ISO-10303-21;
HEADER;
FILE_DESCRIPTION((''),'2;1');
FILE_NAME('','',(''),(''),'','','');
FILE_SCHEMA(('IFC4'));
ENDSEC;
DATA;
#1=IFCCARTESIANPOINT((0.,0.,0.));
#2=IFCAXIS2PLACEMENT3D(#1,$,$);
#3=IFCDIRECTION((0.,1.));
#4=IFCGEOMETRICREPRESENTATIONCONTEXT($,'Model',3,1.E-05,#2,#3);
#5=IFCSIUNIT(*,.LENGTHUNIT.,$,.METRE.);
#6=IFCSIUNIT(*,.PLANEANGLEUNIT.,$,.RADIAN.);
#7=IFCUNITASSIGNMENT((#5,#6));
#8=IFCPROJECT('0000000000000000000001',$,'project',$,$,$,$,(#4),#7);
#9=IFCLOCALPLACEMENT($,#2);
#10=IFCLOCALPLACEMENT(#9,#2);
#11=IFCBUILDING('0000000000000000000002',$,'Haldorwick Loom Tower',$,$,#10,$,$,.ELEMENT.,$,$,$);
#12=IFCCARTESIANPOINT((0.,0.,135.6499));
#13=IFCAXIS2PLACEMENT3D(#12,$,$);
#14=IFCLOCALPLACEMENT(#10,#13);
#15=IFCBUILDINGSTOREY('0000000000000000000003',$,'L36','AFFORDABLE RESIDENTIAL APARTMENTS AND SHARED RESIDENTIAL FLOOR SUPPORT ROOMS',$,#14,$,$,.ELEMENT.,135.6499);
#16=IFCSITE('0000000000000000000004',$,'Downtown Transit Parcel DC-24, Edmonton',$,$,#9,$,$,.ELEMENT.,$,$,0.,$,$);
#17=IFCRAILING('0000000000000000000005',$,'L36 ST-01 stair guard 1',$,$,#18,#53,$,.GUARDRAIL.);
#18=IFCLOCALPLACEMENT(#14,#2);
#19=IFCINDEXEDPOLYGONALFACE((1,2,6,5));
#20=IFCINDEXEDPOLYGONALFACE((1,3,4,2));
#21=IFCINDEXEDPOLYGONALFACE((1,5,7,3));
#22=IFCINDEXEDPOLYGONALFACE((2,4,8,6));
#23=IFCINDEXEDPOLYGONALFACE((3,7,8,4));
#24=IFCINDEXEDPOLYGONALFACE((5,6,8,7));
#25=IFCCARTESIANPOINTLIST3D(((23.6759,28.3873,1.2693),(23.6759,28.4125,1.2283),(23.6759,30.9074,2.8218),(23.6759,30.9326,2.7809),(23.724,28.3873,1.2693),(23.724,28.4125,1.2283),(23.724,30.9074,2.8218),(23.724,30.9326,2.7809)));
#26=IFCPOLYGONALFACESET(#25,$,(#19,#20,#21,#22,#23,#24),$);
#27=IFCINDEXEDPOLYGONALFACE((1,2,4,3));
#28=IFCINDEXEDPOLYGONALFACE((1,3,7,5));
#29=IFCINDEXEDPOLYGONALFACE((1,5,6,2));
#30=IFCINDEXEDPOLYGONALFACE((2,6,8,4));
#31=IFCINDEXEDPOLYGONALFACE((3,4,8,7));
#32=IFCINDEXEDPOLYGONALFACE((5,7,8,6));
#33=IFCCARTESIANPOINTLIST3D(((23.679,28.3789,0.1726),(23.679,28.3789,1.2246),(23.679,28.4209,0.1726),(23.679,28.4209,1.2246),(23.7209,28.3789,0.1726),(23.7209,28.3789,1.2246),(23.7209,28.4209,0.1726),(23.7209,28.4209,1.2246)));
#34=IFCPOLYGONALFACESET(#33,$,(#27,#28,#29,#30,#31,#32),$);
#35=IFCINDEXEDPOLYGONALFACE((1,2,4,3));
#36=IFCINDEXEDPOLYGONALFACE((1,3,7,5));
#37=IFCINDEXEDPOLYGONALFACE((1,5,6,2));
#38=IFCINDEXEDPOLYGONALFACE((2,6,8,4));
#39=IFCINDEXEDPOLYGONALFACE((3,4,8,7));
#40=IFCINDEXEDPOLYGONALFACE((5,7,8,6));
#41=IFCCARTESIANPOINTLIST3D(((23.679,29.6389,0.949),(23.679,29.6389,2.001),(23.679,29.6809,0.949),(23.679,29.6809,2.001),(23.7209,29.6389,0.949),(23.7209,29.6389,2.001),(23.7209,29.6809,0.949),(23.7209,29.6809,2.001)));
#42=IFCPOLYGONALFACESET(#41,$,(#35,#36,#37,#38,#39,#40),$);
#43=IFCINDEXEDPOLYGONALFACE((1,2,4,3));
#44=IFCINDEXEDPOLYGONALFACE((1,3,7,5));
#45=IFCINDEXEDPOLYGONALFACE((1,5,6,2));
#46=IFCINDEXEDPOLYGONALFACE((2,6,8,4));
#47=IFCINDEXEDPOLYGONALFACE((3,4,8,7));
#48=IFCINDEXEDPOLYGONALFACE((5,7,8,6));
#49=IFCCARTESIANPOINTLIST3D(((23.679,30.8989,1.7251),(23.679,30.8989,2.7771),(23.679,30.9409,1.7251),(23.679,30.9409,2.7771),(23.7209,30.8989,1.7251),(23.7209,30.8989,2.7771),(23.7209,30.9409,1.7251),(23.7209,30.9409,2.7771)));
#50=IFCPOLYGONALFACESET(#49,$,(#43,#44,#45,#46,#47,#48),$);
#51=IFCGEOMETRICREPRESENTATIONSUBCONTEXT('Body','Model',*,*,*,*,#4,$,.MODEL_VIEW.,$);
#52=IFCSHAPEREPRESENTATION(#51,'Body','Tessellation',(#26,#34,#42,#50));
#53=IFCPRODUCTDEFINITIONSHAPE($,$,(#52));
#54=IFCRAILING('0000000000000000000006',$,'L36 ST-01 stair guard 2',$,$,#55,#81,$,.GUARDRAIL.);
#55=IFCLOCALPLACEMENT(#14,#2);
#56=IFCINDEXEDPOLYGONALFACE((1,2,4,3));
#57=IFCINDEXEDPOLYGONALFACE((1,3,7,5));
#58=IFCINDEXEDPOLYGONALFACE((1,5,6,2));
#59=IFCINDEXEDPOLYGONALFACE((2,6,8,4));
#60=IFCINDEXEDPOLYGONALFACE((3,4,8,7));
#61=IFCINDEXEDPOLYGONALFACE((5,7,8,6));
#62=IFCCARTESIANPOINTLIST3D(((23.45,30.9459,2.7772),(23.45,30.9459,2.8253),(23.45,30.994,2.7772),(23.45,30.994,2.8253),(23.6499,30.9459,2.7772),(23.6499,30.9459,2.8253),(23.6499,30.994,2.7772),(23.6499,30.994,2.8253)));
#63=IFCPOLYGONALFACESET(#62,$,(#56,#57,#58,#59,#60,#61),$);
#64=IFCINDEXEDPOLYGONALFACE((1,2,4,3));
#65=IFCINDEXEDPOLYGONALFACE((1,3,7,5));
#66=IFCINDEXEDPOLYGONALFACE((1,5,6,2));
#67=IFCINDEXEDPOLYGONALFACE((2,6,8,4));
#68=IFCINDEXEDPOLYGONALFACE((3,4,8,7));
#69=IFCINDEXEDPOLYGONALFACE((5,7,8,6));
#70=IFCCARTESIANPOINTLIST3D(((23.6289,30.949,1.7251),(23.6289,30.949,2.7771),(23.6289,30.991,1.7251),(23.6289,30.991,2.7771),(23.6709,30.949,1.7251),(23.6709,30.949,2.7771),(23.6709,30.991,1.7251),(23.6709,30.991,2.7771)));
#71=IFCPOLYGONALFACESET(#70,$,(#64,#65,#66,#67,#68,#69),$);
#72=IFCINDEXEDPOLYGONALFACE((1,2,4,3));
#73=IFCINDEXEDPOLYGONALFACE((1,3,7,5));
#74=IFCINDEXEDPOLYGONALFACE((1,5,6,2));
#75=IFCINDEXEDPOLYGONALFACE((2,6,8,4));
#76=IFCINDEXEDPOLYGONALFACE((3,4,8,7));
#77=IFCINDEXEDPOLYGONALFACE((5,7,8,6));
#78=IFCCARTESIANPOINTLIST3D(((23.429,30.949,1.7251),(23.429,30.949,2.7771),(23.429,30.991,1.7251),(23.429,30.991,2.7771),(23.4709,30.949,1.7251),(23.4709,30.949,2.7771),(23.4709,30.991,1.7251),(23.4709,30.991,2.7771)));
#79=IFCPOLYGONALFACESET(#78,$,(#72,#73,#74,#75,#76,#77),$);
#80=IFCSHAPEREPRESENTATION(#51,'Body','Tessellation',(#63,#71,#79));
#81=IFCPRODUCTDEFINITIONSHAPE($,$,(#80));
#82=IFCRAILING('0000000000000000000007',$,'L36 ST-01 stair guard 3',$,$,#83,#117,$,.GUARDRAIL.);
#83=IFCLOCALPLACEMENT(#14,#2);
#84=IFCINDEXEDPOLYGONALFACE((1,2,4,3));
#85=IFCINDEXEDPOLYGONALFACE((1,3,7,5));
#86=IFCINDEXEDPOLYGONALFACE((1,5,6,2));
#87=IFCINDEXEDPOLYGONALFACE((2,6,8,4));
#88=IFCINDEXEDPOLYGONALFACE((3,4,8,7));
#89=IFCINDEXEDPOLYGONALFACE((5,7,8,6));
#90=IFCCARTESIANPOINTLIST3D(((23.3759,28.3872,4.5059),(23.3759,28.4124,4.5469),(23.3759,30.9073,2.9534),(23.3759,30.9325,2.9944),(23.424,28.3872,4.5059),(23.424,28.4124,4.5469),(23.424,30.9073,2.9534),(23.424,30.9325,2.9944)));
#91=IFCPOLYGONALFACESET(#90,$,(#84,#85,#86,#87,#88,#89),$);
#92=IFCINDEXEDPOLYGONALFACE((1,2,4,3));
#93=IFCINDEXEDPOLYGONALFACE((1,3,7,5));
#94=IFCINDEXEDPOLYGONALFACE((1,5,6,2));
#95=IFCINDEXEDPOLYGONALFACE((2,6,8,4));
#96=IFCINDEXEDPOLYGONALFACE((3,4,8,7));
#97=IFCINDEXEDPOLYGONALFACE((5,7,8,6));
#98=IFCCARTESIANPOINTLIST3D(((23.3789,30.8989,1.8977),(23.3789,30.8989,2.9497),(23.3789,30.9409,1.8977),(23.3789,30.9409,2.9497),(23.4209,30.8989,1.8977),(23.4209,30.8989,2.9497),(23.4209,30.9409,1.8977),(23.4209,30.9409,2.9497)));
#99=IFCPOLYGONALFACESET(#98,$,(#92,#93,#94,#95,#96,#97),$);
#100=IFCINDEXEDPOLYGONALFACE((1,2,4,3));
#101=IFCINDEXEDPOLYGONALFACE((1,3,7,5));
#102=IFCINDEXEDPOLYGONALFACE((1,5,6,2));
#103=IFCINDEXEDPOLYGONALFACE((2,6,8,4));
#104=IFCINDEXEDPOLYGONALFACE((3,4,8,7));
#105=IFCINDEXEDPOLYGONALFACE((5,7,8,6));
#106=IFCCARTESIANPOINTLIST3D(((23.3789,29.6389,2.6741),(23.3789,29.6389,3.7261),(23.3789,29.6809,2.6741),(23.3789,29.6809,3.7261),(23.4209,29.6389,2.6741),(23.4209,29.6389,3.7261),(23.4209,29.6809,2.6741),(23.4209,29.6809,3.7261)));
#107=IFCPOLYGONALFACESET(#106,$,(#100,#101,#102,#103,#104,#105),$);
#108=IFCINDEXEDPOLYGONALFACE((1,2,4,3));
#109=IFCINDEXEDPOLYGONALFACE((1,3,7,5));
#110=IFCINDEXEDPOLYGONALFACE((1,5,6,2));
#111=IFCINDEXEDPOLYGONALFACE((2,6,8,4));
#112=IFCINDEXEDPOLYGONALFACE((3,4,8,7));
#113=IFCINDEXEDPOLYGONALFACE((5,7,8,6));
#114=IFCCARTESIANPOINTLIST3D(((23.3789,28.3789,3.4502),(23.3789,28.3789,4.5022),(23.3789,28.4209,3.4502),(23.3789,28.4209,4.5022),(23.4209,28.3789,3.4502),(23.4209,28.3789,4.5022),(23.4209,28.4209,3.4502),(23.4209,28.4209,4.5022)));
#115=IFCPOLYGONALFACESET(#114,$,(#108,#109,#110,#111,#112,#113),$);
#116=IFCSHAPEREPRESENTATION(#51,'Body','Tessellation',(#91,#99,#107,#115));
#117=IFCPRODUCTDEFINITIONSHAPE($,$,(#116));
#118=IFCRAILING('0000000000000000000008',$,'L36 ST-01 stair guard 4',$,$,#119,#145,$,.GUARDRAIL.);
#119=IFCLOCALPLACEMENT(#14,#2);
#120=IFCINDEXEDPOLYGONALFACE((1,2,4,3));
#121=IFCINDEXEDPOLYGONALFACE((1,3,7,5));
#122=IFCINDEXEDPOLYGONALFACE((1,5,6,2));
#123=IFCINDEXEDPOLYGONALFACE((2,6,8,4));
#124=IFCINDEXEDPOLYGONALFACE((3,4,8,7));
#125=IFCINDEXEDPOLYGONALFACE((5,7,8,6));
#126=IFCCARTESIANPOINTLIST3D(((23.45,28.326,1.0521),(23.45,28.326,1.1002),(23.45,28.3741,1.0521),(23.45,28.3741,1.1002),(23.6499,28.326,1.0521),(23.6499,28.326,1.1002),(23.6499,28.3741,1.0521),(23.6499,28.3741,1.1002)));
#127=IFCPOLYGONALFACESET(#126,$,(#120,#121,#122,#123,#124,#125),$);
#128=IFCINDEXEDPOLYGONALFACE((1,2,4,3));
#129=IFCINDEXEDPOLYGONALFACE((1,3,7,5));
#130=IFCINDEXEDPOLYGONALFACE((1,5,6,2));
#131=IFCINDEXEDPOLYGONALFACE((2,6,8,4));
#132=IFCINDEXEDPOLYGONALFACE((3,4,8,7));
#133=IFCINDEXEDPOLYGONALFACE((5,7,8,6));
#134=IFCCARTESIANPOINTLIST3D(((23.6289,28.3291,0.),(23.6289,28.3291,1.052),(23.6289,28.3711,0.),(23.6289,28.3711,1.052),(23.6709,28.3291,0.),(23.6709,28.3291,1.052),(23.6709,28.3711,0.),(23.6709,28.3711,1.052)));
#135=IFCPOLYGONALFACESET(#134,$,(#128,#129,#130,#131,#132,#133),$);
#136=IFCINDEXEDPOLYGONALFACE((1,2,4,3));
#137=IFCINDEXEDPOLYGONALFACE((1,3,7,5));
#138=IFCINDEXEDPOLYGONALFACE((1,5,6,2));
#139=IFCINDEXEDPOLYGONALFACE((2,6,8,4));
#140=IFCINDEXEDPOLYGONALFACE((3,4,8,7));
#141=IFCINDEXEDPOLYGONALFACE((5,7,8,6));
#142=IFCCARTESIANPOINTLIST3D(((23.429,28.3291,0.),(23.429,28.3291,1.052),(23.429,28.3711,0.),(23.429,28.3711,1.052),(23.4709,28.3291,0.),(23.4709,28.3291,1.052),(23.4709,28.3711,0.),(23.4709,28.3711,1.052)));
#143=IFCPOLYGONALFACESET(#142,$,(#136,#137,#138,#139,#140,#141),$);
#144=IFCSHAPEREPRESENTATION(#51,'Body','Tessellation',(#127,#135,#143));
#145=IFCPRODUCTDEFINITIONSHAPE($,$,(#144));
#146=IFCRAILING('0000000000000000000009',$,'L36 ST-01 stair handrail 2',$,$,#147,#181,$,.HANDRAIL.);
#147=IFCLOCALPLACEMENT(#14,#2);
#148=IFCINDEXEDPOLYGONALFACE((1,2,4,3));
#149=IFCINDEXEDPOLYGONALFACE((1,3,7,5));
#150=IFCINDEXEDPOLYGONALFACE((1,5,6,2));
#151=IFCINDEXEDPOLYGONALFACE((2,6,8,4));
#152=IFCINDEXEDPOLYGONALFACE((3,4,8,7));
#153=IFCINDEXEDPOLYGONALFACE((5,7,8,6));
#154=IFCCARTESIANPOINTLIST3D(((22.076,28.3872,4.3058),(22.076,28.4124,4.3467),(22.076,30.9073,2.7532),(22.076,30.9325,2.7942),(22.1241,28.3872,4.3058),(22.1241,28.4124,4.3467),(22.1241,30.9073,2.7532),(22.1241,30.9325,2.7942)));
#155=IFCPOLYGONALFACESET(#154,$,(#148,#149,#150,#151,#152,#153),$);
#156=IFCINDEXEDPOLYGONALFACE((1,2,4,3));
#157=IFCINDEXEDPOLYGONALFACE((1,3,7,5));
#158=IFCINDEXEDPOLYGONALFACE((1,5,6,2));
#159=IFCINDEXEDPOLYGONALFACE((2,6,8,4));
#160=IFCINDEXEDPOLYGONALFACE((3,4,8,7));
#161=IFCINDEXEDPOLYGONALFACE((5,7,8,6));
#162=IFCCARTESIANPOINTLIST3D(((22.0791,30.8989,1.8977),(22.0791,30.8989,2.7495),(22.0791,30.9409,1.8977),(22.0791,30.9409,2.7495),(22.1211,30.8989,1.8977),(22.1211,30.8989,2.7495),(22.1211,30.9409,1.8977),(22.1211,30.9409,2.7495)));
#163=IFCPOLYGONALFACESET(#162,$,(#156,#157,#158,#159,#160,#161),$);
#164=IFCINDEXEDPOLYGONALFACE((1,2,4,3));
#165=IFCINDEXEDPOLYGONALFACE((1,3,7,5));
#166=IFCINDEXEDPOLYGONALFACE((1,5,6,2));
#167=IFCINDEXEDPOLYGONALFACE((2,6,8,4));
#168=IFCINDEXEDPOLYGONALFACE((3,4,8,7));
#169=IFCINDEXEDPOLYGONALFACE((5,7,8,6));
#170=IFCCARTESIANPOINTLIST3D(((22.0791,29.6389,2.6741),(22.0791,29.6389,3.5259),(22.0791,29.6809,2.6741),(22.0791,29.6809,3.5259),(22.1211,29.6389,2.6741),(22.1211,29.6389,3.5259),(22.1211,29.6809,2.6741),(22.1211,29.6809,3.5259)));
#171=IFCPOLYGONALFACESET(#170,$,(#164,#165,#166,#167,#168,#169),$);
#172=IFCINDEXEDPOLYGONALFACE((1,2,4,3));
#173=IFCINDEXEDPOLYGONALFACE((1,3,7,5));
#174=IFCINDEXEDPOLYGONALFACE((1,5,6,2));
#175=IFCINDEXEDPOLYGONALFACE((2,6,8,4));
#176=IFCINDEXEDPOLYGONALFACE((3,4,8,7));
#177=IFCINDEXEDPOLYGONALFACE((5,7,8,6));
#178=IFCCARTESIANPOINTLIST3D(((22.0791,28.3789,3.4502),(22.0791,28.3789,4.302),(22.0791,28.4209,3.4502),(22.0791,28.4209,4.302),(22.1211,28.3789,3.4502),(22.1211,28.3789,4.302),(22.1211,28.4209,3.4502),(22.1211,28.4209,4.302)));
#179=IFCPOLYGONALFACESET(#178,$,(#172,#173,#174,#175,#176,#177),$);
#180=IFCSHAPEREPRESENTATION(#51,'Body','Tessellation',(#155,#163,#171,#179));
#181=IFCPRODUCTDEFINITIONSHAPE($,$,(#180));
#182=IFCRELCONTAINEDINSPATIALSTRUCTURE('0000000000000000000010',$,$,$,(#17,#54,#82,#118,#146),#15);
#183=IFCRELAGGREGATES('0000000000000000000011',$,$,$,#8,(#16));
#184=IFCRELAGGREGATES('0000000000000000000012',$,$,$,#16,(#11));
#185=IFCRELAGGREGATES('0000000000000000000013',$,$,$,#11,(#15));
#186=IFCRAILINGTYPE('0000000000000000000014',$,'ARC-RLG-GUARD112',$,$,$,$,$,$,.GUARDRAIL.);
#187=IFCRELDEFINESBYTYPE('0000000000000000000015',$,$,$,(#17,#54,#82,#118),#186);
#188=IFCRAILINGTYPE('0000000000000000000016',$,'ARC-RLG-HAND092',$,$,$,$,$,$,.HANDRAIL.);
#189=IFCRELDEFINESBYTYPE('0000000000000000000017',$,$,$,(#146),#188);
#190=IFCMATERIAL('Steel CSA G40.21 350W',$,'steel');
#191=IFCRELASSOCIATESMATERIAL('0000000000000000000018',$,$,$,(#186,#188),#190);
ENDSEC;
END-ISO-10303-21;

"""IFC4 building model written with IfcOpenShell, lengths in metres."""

from ifc_helpers import new_model, si_unit, direction, frame, origin, origin_2d, place, context, subcontext, project, spatial, rectangle, extrude, material, type_object, element, save


model = new_model("IFC4")

# Units and contexts
model_context = context("Model", 3, precision=1e-05, world=origin(), true_north=direction((0.0, 1.0)))
body_context = subcontext(model_context, "Body", "Model", "MODEL_VIEW")
ifc_project = project(units=[si_unit("LENGTHUNIT", "METRE"), si_unit("PLANEANGLEUNIT", "RADIAN")], contexts=[model_context])

# Site, building, storey
site_placement = place(None, origin())
site = spatial("IfcSite", under=ifc_project, at=site_placement, Name="Downtown Transit Parcel DC-24, Edmonton", CompositionType="ELEMENT", RefElevation=0.0)
building_placement = place(site_placement, origin())
building = spatial("IfcBuilding", under=site, at=building_placement, Name="Haldorwick Loom Tower", CompositionType="ELEMENT")
storey_placement = place(building_placement, frame((0.0, 0.0, 135.6499)))
storey = spatial("IfcBuildingStorey", under=building, at=storey_placement, Name="L36", Description="AFFORDABLE RESIDENTIAL APARTMENTS AND SHARED RESIDENTIAL FLOOR SUPPORT ROOMS", CompositionType="ELEMENT", Elevation=135.6499)

# Shared definitions
ifc_material_1 = material(Name="Steel CSA G40.21 350W", Category="steel")

# Railings
railing_type_1 = type_object("IfcRailingType", Name="ARC-RLG-GUARD112", PredefinedType="GUARDRAIL", material=ifc_material_1)
railing_1_placement = place(storey_placement, frame((23.7, 28.3999, 0.1726)))
element("IfcRailing", 1, at=railing_1_placement, inside=storey, type_object=railing_type_1, Name="L36 ST-01 stair guard 1", PredefinedType="GUARDRAIL", context=body_context, shape_type="SweptSolid", body=[
    extrude(rectangle(XDim=0.0481, YDim=0.0481, at=origin_2d()), frame((0.0, 0.0, 1.0762), z_axis=(0.0, 0.8514, 0.524516), x_axis=(-1.0, 0.0, 0.0)), (0.0, 0.0, 1.0), 2.96),
    extrude(rectangle(XDim=0.042, YDim=0.042, at=origin_2d()), origin(), (0.0, 0.0, 1.0), 1.052),
    extrude(rectangle(XDim=0.042, YDim=0.042, at=origin_2d()), frame((0.0, 1.26, 0.7764)), (0.0, 0.0, 1.0), 1.052),
    extrude(rectangle(XDim=0.042, YDim=0.042, at=origin_2d()), frame((0.0, 2.52, 1.5525)), (0.0, 0.0, 1.0), 1.052),
])
railing_2_placement = place(storey_placement, frame((23.6499, 30.97, 1.7251)))
element("IfcRailing", 2, at=railing_2_placement, inside=storey, type_object=railing_type_1, Name="L36 ST-01 stair guard 2", PredefinedType="GUARDRAIL", context=body_context, shape_type="SweptSolid", body=[
    extrude(rectangle(XDim=0.0481, YDim=0.0481, at=origin_2d()), frame((0.0, 0.0, 1.0762), z_axis=(-1.0, 0.0, 0.0), x_axis=(0.0, -1.0, 0.0)), (0.0, 0.0, 1.0), 0.2),
    extrude(rectangle(XDim=0.042, YDim=0.042, at=origin_2d()), origin(), (0.0, 0.0, 1.0), 1.052),
    extrude(rectangle(XDim=0.042, YDim=0.042, at=origin_2d()), frame((-0.2, 0.0, 0.0)), (0.0, 0.0, 1.0), 1.052),
])
railing_3_placement = place(storey_placement, frame((23.3999, 30.9199, 1.8977)))
element("IfcRailing", 3, at=railing_3_placement, inside=storey, type_object=railing_type_1, Name="L36 ST-01 stair guard 3", PredefinedType="GUARDRAIL", context=body_context, shape_type="SweptSolid", body=[
    extrude(rectangle(XDim=0.0481, YDim=0.0481, at=origin_2d()), frame((0.0, 0.0, 1.0762), z_axis=(0.0, -0.8514, 0.524516), x_axis=(1.0, 0.0, 0.0)), (0.0, 0.0, 1.0), 2.96),
    extrude(rectangle(XDim=0.042, YDim=0.042, at=origin_2d()), origin(), (0.0, 0.0, 1.0), 1.052),
    extrude(rectangle(XDim=0.042, YDim=0.042, at=origin_2d()), frame((0.0, -1.26, 0.7764)), (0.0, 0.0, 1.0), 1.052),
    extrude(rectangle(XDim=0.042, YDim=0.042, at=origin_2d()), frame((0.0, -2.52, 1.5525)), (0.0, 0.0, 1.0), 1.052),
])
railing_4_placement = place(storey_placement, frame((23.6499, 28.3501, 0.0)))
element("IfcRailing", 4, at=railing_4_placement, inside=storey, type_object=railing_type_1, Name="L36 ST-01 stair guard 4", PredefinedType="GUARDRAIL", context=body_context, shape_type="SweptSolid", body=[
    extrude(rectangle(XDim=0.0481, YDim=0.0481, at=origin_2d()), frame((0.0, 0.0, 1.0762), z_axis=(-1.0, 0.0, 0.0), x_axis=(0.0, -1.0, 0.0)), (0.0, 0.0, 1.0), 0.2),
    extrude(rectangle(XDim=0.042, YDim=0.042, at=origin_2d()), origin(), (0.0, 0.0, 1.0), 1.052),
    extrude(rectangle(XDim=0.042, YDim=0.042, at=origin_2d()), frame((-0.2, 0.0, 0.0)), (0.0, 0.0, 1.0), 1.052),
])
railing_type_2 = type_object("IfcRailingType", Name="ARC-RLG-HAND092", PredefinedType="HANDRAIL", material=ifc_material_1)
railing_5_placement = place(storey_placement, frame((22.1001, 30.9199, 1.8977)))
element("IfcRailing", 5, at=railing_5_placement, inside=storey, type_object=railing_type_2, Name="L36 ST-01 stair handrail 2", PredefinedType="HANDRAIL", context=body_context, shape_type="SweptSolid", body=[
    extrude(rectangle(XDim=0.0481, YDim=0.0481, at=origin_2d()), frame((0.0, 0.0, 0.876), z_axis=(0.0, -0.8514, 0.524516), x_axis=(1.0, 0.0, 0.0)), (0.0, 0.0, 1.0), 2.96),
    extrude(rectangle(XDim=0.042, YDim=0.042, at=origin_2d()), origin(), (0.0, 0.0, 1.0), 0.8518),
    extrude(rectangle(XDim=0.042, YDim=0.042, at=origin_2d()), frame((0.0, -1.26, 0.7764)), (0.0, 0.0, 1.0), 0.8518),
    extrude(rectangle(XDim=0.042, YDim=0.042, at=origin_2d()), frame((0.0, -2.52, 1.5525)), (0.0, 0.0, 1.0), 0.8518),
])

save(model, "model.ifc")
